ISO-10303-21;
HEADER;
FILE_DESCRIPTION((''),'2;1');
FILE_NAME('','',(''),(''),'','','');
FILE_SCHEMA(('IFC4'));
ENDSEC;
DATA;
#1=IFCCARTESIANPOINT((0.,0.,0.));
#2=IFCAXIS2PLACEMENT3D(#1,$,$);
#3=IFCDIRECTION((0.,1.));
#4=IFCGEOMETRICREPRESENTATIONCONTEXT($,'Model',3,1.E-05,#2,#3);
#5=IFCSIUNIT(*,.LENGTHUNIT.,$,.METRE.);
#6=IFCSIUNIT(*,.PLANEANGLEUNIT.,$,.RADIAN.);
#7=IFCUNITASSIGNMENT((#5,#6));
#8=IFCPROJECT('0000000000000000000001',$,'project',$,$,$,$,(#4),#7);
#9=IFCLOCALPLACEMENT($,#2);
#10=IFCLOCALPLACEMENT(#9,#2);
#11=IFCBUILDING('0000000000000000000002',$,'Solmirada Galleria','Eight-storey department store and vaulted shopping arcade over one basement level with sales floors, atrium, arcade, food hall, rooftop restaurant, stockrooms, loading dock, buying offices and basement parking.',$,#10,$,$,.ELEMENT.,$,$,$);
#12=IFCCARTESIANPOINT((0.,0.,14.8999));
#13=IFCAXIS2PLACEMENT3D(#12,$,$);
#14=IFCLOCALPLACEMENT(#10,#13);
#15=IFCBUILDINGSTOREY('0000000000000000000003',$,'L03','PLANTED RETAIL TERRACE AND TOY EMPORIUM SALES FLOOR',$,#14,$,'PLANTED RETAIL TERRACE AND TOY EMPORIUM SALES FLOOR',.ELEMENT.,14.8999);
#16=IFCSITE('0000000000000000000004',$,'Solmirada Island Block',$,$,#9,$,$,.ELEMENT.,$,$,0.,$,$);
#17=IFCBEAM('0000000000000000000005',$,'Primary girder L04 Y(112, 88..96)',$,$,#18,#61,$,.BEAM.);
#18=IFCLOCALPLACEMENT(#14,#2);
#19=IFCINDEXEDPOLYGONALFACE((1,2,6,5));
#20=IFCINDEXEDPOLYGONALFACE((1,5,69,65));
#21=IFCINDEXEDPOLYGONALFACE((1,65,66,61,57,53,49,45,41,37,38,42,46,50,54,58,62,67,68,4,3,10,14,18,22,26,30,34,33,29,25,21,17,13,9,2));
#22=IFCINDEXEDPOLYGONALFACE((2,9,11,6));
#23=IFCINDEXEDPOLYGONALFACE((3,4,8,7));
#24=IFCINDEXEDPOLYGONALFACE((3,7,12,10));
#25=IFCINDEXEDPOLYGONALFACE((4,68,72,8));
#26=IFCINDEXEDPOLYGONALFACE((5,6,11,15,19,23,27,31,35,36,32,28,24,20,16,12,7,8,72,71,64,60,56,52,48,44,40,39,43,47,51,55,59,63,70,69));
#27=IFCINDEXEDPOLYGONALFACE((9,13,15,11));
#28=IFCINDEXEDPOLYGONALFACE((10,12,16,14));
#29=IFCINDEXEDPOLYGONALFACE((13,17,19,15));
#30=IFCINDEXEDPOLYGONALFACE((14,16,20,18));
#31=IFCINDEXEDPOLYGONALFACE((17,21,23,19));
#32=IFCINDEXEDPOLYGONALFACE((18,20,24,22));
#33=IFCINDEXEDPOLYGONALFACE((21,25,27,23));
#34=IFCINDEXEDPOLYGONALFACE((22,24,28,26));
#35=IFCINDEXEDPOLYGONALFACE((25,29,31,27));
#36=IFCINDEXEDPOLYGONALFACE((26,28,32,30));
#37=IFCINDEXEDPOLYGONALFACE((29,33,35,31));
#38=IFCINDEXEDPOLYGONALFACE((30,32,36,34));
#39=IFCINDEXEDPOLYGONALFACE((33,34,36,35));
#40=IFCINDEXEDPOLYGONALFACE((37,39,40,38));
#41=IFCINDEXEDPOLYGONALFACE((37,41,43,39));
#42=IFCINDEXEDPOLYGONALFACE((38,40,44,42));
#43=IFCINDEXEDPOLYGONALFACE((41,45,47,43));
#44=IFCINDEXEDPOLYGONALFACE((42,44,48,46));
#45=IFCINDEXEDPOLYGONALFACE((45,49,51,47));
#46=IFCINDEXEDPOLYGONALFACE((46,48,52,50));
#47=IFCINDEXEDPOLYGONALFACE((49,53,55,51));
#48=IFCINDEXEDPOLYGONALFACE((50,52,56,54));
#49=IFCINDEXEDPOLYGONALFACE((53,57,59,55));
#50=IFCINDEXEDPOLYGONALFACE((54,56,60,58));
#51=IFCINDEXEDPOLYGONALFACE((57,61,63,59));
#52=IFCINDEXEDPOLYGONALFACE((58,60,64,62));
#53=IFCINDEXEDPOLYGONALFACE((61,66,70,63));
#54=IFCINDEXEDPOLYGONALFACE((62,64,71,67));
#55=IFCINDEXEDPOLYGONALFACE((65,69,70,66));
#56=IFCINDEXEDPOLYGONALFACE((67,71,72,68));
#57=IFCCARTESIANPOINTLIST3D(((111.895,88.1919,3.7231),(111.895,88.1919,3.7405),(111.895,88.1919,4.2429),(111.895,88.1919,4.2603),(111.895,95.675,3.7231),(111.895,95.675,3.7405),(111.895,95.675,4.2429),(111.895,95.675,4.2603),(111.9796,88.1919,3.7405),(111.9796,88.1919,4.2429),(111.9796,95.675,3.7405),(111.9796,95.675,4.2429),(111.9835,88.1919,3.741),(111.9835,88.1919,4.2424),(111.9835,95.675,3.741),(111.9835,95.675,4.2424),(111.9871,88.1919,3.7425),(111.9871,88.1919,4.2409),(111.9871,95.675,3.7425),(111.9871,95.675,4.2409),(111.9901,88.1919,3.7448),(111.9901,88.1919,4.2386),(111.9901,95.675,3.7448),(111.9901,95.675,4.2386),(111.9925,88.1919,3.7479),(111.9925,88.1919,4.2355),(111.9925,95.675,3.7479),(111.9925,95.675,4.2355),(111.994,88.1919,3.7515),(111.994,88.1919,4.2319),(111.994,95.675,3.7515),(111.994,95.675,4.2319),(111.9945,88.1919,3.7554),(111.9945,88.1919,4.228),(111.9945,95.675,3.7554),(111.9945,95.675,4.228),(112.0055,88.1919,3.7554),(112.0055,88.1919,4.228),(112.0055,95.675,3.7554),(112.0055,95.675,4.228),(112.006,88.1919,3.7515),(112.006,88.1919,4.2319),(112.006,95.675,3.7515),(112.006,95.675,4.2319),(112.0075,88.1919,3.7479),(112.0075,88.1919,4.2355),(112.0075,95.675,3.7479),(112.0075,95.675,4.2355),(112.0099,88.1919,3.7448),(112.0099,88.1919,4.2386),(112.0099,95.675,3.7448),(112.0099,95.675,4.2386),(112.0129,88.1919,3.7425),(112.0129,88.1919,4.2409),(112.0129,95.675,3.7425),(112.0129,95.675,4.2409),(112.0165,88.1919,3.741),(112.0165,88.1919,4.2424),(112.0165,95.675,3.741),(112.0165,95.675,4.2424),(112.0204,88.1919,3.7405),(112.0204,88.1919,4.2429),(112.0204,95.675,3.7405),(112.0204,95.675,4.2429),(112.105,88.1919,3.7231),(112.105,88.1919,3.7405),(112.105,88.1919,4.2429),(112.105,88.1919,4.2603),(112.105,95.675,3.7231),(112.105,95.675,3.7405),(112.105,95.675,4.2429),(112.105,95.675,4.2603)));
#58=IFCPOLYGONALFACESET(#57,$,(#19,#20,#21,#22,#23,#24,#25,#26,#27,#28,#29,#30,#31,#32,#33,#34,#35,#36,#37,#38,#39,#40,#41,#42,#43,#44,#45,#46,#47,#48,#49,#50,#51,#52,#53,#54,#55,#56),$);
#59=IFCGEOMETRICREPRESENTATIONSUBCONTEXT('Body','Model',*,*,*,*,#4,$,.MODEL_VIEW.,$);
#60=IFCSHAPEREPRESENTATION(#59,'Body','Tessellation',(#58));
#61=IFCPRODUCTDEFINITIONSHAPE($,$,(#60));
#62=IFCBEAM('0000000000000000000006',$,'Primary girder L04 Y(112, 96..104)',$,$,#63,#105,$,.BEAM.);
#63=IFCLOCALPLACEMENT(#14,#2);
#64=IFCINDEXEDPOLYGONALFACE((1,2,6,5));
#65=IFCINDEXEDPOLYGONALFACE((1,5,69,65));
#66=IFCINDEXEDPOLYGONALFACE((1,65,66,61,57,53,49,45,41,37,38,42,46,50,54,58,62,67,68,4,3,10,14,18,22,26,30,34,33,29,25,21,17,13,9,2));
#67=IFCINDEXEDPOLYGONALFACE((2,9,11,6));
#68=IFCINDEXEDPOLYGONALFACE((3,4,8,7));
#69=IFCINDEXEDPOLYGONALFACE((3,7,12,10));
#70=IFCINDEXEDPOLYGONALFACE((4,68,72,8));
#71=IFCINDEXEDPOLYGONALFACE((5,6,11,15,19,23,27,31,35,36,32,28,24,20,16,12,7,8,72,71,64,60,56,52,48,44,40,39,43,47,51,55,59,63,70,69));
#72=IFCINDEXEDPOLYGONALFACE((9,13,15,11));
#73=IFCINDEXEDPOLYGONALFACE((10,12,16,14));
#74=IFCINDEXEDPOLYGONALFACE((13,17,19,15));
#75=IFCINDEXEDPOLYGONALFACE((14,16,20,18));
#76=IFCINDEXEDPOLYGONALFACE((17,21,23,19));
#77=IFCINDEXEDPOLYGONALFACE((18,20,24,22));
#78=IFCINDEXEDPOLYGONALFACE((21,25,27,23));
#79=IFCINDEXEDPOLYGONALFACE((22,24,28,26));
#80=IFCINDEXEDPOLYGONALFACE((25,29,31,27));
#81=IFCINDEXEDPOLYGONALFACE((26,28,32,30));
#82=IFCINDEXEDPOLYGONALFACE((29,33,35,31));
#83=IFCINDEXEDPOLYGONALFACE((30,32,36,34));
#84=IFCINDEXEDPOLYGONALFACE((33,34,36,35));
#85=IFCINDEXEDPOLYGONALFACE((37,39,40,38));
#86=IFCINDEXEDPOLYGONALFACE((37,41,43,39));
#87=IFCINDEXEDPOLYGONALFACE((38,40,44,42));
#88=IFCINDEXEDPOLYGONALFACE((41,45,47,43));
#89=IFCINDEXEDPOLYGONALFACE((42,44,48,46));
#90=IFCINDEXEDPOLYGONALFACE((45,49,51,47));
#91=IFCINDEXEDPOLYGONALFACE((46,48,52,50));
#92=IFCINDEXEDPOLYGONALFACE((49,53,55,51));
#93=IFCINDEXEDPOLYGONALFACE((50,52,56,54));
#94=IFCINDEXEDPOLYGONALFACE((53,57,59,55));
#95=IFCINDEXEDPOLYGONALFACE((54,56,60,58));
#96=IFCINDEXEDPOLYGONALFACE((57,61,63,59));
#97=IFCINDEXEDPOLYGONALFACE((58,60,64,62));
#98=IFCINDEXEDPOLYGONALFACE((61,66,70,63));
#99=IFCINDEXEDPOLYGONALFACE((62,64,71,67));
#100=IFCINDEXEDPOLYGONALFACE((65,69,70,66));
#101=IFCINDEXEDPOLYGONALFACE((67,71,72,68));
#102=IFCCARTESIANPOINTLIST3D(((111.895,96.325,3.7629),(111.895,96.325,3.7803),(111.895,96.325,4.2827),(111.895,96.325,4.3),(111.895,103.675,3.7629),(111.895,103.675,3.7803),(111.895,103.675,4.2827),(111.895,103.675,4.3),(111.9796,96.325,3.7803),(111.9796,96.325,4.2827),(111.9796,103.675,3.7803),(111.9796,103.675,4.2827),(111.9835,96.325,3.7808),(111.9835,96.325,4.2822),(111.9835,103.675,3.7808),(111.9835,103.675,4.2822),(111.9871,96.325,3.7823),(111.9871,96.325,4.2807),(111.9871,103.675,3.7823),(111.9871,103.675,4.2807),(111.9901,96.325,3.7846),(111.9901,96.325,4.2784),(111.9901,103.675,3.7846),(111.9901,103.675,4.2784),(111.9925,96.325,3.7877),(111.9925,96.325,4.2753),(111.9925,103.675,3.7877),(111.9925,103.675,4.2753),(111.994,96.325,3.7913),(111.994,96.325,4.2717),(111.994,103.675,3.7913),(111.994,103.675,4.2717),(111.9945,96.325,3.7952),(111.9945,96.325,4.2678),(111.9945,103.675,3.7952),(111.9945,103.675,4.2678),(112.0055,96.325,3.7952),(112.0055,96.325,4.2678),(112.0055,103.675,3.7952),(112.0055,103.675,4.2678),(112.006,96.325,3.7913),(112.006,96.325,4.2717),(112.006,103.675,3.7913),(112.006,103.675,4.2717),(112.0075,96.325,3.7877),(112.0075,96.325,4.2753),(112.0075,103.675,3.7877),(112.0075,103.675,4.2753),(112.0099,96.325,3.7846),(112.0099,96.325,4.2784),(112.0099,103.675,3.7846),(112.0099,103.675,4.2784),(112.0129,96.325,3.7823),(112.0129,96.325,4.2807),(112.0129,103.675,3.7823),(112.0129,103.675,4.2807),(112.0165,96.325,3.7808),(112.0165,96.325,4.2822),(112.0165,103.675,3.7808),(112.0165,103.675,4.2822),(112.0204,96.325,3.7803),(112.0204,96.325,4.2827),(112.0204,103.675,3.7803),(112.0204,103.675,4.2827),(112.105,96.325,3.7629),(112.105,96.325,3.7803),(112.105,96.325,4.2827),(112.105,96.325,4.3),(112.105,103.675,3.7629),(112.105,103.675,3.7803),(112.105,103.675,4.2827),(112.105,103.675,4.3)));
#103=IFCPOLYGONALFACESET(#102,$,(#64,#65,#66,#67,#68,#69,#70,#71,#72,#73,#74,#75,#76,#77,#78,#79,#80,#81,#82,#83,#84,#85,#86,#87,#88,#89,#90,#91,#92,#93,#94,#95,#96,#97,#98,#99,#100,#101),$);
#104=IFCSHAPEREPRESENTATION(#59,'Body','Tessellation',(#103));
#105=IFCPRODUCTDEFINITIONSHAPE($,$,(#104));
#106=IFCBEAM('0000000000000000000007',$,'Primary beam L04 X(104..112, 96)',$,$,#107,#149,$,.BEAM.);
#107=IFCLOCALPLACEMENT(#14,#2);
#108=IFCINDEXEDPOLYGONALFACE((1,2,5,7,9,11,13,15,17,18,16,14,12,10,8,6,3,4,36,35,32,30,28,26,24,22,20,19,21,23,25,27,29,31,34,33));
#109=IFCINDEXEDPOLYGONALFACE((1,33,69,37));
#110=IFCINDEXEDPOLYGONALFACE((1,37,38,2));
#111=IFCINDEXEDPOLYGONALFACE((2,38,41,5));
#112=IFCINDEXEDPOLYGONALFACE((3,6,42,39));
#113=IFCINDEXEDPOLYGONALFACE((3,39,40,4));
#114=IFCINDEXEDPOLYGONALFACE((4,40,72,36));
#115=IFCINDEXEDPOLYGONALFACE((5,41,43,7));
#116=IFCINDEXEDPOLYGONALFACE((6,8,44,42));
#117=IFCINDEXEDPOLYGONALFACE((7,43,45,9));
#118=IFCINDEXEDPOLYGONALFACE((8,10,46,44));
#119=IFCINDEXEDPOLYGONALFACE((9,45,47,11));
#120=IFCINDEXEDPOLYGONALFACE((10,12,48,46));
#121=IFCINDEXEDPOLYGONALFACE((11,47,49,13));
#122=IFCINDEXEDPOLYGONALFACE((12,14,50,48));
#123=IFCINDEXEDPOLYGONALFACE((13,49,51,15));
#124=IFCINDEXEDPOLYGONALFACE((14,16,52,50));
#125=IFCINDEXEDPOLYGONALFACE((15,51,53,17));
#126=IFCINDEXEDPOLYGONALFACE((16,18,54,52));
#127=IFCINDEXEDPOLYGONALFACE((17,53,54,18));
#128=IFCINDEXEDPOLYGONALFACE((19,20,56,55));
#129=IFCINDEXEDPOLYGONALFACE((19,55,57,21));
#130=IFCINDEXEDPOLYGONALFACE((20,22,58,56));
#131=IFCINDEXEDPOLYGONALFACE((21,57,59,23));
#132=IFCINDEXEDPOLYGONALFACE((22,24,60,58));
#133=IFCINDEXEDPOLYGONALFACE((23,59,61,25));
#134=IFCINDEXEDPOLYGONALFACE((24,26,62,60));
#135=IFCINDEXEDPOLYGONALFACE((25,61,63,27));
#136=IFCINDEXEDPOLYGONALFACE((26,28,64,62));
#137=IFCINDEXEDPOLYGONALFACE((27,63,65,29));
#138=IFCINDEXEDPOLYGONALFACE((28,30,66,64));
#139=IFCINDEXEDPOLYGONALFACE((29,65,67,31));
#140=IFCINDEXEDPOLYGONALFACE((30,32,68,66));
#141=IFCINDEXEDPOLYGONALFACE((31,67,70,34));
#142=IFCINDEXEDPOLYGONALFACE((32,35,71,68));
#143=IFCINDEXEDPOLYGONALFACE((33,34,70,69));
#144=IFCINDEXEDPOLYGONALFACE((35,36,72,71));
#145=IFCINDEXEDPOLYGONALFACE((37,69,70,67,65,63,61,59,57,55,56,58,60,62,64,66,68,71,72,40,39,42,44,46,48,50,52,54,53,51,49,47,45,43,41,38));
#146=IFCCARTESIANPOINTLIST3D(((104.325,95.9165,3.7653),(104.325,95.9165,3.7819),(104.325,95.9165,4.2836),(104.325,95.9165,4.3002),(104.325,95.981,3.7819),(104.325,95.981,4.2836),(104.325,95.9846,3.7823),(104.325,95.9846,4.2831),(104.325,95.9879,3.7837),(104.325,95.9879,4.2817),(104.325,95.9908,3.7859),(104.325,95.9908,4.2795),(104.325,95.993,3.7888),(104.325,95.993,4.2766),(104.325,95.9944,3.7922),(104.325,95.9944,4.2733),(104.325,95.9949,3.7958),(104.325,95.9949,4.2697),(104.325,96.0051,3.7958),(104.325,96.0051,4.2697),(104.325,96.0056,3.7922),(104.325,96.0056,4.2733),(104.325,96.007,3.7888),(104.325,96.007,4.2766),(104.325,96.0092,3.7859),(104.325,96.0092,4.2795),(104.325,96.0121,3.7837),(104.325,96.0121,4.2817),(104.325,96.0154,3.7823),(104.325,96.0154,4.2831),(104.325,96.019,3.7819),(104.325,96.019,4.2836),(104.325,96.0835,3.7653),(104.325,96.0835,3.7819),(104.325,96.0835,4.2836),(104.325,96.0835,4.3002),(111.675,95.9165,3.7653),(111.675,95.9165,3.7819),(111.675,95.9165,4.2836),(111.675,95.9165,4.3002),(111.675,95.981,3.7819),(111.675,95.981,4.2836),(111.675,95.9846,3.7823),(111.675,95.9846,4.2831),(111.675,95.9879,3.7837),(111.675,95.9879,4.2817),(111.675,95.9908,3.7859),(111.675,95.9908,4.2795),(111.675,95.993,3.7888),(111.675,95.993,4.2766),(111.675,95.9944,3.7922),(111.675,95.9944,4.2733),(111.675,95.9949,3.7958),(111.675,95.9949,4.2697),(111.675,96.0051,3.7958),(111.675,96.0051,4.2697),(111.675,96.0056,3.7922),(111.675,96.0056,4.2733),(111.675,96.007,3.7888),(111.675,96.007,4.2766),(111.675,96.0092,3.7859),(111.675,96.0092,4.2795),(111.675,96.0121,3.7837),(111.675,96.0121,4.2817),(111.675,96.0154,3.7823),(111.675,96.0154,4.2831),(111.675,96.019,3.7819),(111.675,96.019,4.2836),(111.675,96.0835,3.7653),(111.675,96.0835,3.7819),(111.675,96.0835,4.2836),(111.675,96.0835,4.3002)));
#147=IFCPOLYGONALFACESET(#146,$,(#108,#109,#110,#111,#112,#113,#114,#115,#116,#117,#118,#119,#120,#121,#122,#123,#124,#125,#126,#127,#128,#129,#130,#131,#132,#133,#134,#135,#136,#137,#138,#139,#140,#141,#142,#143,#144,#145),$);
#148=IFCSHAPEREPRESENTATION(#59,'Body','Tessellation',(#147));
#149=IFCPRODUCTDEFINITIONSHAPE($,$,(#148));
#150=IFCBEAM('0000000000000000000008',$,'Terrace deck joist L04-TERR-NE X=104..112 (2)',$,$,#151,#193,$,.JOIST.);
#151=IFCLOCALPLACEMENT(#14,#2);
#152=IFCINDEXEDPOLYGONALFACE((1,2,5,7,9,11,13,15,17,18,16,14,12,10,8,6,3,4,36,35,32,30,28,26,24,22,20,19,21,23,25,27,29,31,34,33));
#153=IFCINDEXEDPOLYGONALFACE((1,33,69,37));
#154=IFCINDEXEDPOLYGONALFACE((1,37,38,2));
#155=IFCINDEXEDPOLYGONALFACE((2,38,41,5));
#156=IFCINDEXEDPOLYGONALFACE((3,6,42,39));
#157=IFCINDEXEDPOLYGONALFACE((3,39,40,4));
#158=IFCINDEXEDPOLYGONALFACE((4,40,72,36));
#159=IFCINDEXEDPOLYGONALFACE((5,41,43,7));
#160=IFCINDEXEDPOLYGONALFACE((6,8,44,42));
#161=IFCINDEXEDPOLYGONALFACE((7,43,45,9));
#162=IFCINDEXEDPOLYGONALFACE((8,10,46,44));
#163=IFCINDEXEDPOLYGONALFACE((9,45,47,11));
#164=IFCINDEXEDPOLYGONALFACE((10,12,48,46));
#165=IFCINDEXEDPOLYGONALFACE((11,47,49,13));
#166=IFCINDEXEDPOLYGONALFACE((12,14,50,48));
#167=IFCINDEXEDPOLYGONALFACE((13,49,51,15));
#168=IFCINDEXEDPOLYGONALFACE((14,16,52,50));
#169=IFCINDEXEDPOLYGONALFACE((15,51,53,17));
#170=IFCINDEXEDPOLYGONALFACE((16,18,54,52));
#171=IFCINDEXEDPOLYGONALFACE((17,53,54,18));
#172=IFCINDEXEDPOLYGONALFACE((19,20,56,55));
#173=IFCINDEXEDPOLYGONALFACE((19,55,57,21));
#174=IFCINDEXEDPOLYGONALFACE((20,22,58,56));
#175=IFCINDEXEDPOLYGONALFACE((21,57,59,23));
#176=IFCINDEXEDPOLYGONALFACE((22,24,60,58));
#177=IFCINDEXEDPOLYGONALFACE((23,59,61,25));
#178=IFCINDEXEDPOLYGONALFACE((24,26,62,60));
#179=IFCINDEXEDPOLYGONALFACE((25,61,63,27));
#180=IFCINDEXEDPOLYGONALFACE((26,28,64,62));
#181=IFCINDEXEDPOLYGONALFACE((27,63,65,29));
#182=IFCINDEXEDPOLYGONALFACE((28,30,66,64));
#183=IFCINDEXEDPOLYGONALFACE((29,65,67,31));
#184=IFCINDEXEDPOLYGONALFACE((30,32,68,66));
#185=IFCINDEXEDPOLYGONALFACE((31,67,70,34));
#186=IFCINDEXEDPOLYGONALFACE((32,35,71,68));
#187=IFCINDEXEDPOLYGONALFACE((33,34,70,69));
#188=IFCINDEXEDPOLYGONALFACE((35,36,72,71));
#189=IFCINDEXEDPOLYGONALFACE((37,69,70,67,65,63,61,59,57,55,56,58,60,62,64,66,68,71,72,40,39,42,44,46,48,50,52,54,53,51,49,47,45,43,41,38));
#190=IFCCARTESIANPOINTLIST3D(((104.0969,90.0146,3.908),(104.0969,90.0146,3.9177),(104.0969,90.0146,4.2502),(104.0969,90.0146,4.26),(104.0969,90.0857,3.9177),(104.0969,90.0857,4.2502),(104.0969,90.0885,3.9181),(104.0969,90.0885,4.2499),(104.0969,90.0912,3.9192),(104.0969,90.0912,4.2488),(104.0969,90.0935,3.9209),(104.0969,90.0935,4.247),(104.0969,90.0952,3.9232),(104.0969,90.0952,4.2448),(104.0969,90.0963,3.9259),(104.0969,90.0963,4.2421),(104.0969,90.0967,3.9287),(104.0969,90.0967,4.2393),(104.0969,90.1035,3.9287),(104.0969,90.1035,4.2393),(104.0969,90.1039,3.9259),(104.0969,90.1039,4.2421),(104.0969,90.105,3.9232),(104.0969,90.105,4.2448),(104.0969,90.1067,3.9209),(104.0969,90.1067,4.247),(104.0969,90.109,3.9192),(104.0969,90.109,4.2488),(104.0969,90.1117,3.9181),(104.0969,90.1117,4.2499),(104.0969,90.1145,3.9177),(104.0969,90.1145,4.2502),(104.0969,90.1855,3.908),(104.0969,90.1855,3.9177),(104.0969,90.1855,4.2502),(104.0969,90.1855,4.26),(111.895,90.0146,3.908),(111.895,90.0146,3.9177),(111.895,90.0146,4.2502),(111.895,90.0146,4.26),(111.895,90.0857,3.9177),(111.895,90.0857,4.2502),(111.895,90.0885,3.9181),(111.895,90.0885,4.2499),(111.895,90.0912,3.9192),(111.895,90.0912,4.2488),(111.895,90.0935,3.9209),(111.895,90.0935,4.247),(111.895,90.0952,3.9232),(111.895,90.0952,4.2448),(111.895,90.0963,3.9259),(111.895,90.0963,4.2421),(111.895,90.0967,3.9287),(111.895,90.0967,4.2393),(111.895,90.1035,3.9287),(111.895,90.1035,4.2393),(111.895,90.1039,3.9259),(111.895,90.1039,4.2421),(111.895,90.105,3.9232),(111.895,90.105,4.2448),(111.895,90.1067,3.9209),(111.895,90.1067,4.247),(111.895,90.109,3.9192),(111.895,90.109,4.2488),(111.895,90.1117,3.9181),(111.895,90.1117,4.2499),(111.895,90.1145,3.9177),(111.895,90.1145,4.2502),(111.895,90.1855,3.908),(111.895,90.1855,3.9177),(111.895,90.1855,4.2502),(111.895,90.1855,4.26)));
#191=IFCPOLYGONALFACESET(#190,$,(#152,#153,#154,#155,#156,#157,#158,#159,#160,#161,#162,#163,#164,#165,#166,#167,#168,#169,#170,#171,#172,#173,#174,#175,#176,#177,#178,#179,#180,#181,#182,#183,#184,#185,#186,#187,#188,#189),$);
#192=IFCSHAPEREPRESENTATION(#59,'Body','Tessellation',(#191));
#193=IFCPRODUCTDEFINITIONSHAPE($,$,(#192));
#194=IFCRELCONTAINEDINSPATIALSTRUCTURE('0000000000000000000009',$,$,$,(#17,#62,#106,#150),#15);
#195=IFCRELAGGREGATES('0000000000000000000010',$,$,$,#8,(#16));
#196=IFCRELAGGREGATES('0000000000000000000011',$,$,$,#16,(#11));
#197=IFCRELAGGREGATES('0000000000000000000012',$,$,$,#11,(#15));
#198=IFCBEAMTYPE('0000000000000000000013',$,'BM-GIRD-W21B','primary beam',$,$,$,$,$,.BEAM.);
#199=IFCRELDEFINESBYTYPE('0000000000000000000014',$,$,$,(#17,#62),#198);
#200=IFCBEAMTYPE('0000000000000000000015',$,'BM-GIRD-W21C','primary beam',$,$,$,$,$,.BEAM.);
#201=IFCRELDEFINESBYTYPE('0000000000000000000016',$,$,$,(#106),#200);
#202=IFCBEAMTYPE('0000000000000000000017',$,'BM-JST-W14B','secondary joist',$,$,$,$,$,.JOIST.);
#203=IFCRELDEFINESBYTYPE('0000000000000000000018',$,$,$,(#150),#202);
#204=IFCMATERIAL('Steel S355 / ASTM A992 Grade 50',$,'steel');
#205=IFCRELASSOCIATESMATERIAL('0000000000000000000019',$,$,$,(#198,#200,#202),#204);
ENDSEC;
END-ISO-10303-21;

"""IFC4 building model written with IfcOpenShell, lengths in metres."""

from ifc_helpers import new_model, si_unit, direction, frame, origin, origin_2d, place, context, subcontext, project, spatial, i_section, extrude, material, material_profile, profile_set, type_object, element, save


model = new_model("IFC4")

# Units and contexts
model_context = context("Model", 3, precision=1e-05, world=origin(), true_north=direction((0.0, 1.0)))
body_context = subcontext(model_context, "Body", "Model", "MODEL_VIEW")
ifc_project = project(units=[si_unit("LENGTHUNIT", "METRE"), si_unit("PLANEANGLEUNIT", "RADIAN")], contexts=[model_context])

# Site, building, storey
site_placement = place(None, origin())
site = spatial("IfcSite", under=ifc_project, at=site_placement, Name="Solmirada Island Block", CompositionType="ELEMENT", RefElevation=0.0)
building_placement = place(site_placement, origin())
building = spatial("IfcBuilding", under=site, at=building_placement, Name="Solmirada Galleria", Description="Eight-storey department store and vaulted shopping arcade over one basement level with sales floors, atrium, arcade, food hall, rooftop restaurant, stockrooms, loading dock, buying offices and basement parking.", CompositionType="ELEMENT")
storey_placement = place(building_placement, frame((0.0, 0.0, 14.8999)))
storey = spatial("IfcBuildingStorey", under=building, at=storey_placement, Name="L03", Description="PLANTED RETAIL TERRACE AND TOY EMPORIUM SALES FLOOR", LongName="PLANTED RETAIL TERRACE AND TOY EMPORIUM SALES FLOOR", CompositionType="ELEMENT", Elevation=14.8999)

# Beams
ifc_material_1 = material(Name="Steel S355 / ASTM A992 Grade 50", Category="steel")
ifc_material_profile_1 = material_profile(ifc_material_1, i_section(OverallWidth=0.21, OverallDepth=0.5371, WebThickness=0.011, FlangeThickness=0.0173, FilletRadius=0.0149, at=origin_2d()), Name="W21X68")
ifc_profile_set_1 = profile_set([ifc_material_profile_1], Name="Steel S355 / ASTM A992 Grade 50")
beam_type_1 = type_object("IfcBeamType", Name="BM-GIRD-W21B", Description="primary beam", PredefinedType="BEAM", material=ifc_profile_set_1)
beam_1_placement = place(storey_placement, frame((112.0, 88.1919, 3.9917), z_axis=(0.0, 1.0, 0.0), x_axis=(-1.0, 0.0, 0.0)))
element("IfcBeam", 1, at=beam_1_placement, inside=storey, type_object=beam_type_1, Name="Primary girder L04 Y(112, 88..96)", PredefinedType="BEAM", context=body_context, shape_type="SweptSolid", body=[
    extrude(i_section(OverallWidth=0.21, OverallDepth=0.5371, WebThickness=0.011, FlangeThickness=0.0173, FilletRadius=0.0149, at=origin_2d()), origin(), (0.0, 0.0, 1.0), 7.4832),
])
beam_2_placement = place(storey_placement, frame((112.0, 96.325, 4.0315), z_axis=(0.0, 1.0, 0.0), x_axis=(-1.0, 0.0, 0.0)))
element("IfcBeam", 2, at=beam_2_placement, inside=storey, type_object=beam_type_1, Name="Primary girder L04 Y(112, 96..104)", PredefinedType="BEAM", context=body_context, shape_type="SweptSolid", body=[
    extrude(i_section(OverallWidth=0.21, OverallDepth=0.5371, WebThickness=0.011, FlangeThickness=0.0173, FilletRadius=0.0149, at=origin_2d()), origin(), (0.0, 0.0, 1.0), 7.3501),
])
ifc_material_profile_2 = material_profile(ifc_material_1, i_section(OverallWidth=0.167, OverallDepth=0.5349, WebThickness=0.0103, FlangeThickness=0.0166, FilletRadius=0.0139, at=origin_2d()), Name="W21X57")
ifc_profile_set_2 = profile_set([ifc_material_profile_2], Name="Steel S355 / ASTM A992 Grade 50")
beam_type_2 = type_object("IfcBeamType", Name="BM-GIRD-W21C", Description="primary beam", PredefinedType="BEAM", material=ifc_profile_set_2)
beam_3_placement = place(storey_placement, frame((104.325, 96.0, 4.0327), z_axis=(1.0, 0.0, 0.0), x_axis=(0.0, 1.0, 0.0)))
element("IfcBeam", 3, at=beam_3_placement, inside=storey, type_object=beam_type_2, Name="Primary beam L04 X(104..112, 96)", PredefinedType="BEAM", context=body_context, shape_type="SweptSolid", body=[
    extrude(i_section(OverallWidth=0.167, OverallDepth=0.5349, WebThickness=0.0103, FlangeThickness=0.0166, FilletRadius=0.0139, at=origin_2d()), origin(), (0.0, 0.0, 1.0), 7.3501),
])
ifc_material_profile_3 = material_profile(ifc_material_1, i_section(OverallWidth=0.1709, OverallDepth=0.3521, WebThickness=0.0068, FlangeThickness=0.0098, FilletRadius=0.011, at=origin_2d()), Name="W14X30")
ifc_profile_set_3 = profile_set([ifc_material_profile_3], Name="Steel S355 / ASTM A992 Grade 50")
beam_type_3 = type_object("IfcBeamType", Name="BM-JST-W14B", Description="secondary joist", PredefinedType="JOIST", material=ifc_profile_set_3)
beam_4_placement = place(storey_placement, frame((104.0969, 90.1001, 4.084), z_axis=(1.0, 0.0, 0.0), x_axis=(0.0, 1.0, 0.0)))
element("IfcBeam", 4, at=beam_4_placement, inside=storey, type_object=beam_type_3, Name="Terrace deck joist L04-TERR-NE X=104..112 (2)", PredefinedType="JOIST", context=body_context, shape_type="SweptSolid", body=[
    extrude(i_section(OverallWidth=0.1709, OverallDepth=0.3521, WebThickness=0.0068, FlangeThickness=0.0098, FilletRadius=0.011, at=origin_2d()), origin(), (0.0, 0.0, 1.0), 7.7981),
])

save(model, "model.ifc")
